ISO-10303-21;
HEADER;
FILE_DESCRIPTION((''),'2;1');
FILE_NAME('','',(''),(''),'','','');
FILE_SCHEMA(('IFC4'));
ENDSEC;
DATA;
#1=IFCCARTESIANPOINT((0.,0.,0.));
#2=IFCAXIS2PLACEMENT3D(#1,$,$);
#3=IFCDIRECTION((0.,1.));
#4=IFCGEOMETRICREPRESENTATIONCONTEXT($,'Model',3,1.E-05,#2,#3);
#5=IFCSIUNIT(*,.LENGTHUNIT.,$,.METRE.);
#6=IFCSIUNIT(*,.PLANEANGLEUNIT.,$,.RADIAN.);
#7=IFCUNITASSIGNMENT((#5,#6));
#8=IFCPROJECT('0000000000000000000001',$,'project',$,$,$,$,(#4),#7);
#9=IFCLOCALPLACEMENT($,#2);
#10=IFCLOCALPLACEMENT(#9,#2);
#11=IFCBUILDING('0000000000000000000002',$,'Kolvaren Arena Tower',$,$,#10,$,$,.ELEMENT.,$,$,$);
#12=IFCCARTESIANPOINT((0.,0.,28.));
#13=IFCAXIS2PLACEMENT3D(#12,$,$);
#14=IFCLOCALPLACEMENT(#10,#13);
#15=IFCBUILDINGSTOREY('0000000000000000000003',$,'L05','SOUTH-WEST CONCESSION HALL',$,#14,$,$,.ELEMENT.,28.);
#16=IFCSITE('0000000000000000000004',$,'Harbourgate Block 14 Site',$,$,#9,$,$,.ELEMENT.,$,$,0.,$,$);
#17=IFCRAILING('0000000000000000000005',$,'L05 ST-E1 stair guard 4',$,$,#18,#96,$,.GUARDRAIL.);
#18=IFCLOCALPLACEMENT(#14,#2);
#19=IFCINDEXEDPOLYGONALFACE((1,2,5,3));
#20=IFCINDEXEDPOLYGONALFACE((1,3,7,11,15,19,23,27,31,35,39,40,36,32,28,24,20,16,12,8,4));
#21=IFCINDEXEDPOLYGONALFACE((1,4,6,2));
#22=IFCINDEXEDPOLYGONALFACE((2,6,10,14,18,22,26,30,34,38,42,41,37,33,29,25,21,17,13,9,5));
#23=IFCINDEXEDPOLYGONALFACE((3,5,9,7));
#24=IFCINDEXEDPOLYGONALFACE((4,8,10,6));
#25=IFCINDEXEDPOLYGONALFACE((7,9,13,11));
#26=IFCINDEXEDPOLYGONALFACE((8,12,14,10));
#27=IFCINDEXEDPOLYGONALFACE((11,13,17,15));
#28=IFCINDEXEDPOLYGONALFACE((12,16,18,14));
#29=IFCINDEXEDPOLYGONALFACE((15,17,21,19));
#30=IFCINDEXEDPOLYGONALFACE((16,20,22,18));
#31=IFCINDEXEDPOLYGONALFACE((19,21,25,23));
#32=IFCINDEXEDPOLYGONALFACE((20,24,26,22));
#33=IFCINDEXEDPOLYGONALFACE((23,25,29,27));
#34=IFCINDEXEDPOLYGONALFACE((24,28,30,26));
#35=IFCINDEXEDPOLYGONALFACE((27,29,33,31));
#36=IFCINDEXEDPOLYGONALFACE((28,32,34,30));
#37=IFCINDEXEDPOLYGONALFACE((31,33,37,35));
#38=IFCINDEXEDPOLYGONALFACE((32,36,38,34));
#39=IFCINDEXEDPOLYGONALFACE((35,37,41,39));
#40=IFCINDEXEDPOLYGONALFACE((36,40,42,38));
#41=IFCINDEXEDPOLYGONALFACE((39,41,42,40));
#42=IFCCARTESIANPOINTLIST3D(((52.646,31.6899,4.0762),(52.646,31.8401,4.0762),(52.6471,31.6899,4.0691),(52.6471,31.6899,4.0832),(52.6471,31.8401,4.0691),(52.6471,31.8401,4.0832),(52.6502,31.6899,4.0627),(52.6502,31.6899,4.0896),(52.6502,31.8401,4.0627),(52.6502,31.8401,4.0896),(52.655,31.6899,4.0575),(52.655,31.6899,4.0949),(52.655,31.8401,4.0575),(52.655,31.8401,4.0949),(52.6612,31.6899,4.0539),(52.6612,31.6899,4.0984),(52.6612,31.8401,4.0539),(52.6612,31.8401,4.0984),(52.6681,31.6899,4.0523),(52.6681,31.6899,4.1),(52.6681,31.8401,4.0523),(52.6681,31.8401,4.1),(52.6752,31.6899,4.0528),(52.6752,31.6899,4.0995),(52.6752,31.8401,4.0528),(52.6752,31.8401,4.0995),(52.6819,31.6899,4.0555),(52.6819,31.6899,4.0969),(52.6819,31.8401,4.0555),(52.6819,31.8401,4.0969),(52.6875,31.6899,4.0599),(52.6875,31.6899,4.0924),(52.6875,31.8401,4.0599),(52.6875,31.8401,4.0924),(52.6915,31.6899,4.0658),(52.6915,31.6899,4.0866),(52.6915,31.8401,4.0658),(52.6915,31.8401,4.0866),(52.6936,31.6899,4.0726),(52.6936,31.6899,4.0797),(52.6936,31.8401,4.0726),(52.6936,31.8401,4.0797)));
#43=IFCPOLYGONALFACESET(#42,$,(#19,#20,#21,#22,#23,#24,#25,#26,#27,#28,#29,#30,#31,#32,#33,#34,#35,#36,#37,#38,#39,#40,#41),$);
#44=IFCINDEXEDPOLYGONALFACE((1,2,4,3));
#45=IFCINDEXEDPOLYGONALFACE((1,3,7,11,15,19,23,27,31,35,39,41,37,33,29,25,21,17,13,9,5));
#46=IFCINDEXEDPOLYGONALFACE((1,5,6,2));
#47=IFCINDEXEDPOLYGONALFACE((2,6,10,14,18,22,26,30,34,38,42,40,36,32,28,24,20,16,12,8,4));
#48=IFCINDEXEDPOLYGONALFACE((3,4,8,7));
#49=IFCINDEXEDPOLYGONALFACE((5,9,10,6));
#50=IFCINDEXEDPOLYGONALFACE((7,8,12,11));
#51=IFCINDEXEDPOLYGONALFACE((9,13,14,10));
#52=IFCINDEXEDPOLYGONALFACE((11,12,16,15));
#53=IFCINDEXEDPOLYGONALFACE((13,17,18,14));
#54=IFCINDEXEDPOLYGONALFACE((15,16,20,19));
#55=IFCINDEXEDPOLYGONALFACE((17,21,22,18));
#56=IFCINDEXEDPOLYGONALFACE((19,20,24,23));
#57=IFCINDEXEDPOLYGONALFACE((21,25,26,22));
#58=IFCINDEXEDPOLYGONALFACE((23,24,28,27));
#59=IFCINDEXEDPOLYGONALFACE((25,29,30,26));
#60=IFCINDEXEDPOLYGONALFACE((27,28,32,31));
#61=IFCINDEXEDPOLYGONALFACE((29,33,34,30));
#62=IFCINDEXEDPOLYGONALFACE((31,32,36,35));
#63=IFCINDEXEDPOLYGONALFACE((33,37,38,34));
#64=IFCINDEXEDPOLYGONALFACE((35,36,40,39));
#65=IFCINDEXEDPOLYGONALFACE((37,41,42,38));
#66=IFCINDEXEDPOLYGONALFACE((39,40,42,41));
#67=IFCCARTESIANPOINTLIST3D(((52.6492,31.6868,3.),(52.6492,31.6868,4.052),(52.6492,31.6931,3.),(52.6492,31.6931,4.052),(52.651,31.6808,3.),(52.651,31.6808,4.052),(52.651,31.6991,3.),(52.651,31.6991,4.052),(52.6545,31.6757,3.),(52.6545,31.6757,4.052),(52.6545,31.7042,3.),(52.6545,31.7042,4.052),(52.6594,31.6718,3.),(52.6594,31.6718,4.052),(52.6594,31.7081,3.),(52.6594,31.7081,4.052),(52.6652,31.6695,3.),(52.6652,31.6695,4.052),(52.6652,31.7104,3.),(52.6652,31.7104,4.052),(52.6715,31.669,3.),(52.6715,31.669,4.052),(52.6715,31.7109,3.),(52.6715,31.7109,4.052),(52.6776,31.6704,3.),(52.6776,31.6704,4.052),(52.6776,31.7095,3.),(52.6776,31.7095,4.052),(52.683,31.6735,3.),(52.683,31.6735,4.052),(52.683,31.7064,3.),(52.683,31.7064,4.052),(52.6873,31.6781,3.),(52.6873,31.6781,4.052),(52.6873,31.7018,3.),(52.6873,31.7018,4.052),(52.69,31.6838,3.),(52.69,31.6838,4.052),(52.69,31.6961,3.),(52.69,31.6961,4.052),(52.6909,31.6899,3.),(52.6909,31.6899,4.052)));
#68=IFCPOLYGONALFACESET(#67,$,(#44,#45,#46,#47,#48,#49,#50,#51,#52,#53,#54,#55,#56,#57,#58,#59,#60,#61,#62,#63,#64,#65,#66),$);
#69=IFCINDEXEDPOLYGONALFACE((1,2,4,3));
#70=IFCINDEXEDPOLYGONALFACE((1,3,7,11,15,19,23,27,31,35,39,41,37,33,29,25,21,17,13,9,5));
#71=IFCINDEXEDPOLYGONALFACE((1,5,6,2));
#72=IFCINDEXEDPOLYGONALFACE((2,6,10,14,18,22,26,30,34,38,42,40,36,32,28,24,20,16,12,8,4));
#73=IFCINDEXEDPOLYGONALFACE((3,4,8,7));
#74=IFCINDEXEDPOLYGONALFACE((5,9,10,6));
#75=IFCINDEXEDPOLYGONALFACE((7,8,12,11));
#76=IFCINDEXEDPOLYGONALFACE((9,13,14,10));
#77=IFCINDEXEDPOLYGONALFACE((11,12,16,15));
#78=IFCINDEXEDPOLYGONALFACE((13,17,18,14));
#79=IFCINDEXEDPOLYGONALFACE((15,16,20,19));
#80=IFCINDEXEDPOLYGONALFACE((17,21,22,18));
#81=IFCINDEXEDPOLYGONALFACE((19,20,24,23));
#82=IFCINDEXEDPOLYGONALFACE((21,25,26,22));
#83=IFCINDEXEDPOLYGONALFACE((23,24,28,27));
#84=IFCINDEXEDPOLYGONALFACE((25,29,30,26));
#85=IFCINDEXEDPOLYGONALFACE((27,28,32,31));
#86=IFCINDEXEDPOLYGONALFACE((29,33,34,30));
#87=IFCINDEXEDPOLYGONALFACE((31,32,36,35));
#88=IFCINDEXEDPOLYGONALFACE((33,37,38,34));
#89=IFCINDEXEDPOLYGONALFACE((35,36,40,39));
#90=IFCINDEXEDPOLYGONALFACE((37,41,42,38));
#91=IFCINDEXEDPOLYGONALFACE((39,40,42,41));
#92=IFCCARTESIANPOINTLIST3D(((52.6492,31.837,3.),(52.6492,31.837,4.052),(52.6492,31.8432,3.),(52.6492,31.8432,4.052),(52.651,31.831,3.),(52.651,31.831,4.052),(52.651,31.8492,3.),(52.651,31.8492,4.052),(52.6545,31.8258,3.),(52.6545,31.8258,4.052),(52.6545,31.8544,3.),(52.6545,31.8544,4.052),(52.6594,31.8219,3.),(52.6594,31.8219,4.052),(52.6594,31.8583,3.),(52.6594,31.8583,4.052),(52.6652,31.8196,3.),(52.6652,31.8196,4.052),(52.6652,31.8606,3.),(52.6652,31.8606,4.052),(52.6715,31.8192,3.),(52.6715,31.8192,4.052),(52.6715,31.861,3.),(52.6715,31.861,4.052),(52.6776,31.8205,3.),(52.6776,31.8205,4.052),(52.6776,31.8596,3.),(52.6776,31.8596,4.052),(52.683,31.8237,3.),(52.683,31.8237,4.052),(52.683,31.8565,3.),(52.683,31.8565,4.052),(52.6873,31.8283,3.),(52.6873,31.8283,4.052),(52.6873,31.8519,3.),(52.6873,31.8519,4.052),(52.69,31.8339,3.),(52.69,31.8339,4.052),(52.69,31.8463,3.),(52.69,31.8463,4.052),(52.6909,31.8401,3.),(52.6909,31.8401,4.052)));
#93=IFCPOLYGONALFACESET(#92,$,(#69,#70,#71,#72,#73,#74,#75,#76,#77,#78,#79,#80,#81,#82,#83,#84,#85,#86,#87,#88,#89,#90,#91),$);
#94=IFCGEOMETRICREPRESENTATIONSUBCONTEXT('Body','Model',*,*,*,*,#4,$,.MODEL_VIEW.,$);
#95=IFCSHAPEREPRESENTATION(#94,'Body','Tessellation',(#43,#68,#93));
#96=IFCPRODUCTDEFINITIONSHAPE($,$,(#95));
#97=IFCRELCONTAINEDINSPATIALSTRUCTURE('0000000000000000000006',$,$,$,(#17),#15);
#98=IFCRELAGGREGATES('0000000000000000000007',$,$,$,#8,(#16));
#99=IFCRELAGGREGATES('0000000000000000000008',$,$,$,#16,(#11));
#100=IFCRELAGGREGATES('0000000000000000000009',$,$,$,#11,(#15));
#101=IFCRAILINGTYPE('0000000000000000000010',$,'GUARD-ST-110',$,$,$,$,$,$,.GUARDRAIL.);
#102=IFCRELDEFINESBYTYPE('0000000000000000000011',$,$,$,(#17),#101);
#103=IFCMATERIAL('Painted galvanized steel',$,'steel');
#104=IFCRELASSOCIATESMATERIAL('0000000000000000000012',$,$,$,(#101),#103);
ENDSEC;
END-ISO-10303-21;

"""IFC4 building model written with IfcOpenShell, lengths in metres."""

from ifc_helpers import new_model, si_unit, direction, frame, origin, origin_2d, place, context, subcontext, project, spatial, circle, extrude, material, type_object, element, save


model = new_model("IFC4")

# Units and contexts
model_context = context("Model", 3, precision=1e-05, world=origin(), true_north=direction((0.0, 1.0)))
body_context = subcontext(model_context, "Body", "Model", "MODEL_VIEW")
ifc_project = project(units=[si_unit("LENGTHUNIT", "METRE"), si_unit("PLANEANGLEUNIT", "RADIAN")], contexts=[model_context])

# Site, building, storey
site_placement = place(None, origin())
site = spatial("IfcSite", under=ifc_project, at=site_placement, Name="Harbourgate Block 14 Site", CompositionType="ELEMENT", RefElevation=0.0)
building_placement = place(site_placement, origin())
building = spatial("IfcBuilding", under=site, at=building_placement, Name="Kolvaren Arena Tower", CompositionType="ELEMENT")
storey_placement = place(building_placement, frame((0.0, 0.0, 28.0)))
storey = spatial("IfcBuildingStorey", under=building, at=storey_placement, Name="L05", Description="SOUTH-WEST CONCESSION HALL", CompositionType="ELEMENT", Elevation=28.0)

# Railing
ifc_material_1 = material(Name="Painted galvanized steel", Category="steel")
railing_type_1 = type_object("IfcRailingType", Name="GUARD-ST-110", PredefinedType="GUARDRAIL", material=ifc_material_1)
railing_1_placement = place(storey_placement, frame((52.6699, 31.6899, 3.0)))
element("IfcRailing", 1, at=railing_1_placement, inside=storey, type_object=railing_type_1, Name="L05 ST-E1 stair guard 4", PredefinedType="GUARDRAIL", context=body_context, shape_type="SweptSolid", body=[
    extrude(circle(Radius=0.0239, at=origin_2d()), frame((0.0, 0.0, 1.0762), z_axis=(0.0, 1.0, 0.0), x_axis=(-1.0, 0.0, 0.0)), (0.0, 0.0, 1.0), 0.1501),
    extrude(circle(Radius=0.021, at=origin_2d()), origin(), (0.0, 0.0, 1.0), 1.052),
    extrude(circle(Radius=0.021, at=origin_2d()), frame((0.0, 0.1501, 0.0)), (0.0, 0.0, 1.0), 1.052),
])

save(model, "model.ifc")
